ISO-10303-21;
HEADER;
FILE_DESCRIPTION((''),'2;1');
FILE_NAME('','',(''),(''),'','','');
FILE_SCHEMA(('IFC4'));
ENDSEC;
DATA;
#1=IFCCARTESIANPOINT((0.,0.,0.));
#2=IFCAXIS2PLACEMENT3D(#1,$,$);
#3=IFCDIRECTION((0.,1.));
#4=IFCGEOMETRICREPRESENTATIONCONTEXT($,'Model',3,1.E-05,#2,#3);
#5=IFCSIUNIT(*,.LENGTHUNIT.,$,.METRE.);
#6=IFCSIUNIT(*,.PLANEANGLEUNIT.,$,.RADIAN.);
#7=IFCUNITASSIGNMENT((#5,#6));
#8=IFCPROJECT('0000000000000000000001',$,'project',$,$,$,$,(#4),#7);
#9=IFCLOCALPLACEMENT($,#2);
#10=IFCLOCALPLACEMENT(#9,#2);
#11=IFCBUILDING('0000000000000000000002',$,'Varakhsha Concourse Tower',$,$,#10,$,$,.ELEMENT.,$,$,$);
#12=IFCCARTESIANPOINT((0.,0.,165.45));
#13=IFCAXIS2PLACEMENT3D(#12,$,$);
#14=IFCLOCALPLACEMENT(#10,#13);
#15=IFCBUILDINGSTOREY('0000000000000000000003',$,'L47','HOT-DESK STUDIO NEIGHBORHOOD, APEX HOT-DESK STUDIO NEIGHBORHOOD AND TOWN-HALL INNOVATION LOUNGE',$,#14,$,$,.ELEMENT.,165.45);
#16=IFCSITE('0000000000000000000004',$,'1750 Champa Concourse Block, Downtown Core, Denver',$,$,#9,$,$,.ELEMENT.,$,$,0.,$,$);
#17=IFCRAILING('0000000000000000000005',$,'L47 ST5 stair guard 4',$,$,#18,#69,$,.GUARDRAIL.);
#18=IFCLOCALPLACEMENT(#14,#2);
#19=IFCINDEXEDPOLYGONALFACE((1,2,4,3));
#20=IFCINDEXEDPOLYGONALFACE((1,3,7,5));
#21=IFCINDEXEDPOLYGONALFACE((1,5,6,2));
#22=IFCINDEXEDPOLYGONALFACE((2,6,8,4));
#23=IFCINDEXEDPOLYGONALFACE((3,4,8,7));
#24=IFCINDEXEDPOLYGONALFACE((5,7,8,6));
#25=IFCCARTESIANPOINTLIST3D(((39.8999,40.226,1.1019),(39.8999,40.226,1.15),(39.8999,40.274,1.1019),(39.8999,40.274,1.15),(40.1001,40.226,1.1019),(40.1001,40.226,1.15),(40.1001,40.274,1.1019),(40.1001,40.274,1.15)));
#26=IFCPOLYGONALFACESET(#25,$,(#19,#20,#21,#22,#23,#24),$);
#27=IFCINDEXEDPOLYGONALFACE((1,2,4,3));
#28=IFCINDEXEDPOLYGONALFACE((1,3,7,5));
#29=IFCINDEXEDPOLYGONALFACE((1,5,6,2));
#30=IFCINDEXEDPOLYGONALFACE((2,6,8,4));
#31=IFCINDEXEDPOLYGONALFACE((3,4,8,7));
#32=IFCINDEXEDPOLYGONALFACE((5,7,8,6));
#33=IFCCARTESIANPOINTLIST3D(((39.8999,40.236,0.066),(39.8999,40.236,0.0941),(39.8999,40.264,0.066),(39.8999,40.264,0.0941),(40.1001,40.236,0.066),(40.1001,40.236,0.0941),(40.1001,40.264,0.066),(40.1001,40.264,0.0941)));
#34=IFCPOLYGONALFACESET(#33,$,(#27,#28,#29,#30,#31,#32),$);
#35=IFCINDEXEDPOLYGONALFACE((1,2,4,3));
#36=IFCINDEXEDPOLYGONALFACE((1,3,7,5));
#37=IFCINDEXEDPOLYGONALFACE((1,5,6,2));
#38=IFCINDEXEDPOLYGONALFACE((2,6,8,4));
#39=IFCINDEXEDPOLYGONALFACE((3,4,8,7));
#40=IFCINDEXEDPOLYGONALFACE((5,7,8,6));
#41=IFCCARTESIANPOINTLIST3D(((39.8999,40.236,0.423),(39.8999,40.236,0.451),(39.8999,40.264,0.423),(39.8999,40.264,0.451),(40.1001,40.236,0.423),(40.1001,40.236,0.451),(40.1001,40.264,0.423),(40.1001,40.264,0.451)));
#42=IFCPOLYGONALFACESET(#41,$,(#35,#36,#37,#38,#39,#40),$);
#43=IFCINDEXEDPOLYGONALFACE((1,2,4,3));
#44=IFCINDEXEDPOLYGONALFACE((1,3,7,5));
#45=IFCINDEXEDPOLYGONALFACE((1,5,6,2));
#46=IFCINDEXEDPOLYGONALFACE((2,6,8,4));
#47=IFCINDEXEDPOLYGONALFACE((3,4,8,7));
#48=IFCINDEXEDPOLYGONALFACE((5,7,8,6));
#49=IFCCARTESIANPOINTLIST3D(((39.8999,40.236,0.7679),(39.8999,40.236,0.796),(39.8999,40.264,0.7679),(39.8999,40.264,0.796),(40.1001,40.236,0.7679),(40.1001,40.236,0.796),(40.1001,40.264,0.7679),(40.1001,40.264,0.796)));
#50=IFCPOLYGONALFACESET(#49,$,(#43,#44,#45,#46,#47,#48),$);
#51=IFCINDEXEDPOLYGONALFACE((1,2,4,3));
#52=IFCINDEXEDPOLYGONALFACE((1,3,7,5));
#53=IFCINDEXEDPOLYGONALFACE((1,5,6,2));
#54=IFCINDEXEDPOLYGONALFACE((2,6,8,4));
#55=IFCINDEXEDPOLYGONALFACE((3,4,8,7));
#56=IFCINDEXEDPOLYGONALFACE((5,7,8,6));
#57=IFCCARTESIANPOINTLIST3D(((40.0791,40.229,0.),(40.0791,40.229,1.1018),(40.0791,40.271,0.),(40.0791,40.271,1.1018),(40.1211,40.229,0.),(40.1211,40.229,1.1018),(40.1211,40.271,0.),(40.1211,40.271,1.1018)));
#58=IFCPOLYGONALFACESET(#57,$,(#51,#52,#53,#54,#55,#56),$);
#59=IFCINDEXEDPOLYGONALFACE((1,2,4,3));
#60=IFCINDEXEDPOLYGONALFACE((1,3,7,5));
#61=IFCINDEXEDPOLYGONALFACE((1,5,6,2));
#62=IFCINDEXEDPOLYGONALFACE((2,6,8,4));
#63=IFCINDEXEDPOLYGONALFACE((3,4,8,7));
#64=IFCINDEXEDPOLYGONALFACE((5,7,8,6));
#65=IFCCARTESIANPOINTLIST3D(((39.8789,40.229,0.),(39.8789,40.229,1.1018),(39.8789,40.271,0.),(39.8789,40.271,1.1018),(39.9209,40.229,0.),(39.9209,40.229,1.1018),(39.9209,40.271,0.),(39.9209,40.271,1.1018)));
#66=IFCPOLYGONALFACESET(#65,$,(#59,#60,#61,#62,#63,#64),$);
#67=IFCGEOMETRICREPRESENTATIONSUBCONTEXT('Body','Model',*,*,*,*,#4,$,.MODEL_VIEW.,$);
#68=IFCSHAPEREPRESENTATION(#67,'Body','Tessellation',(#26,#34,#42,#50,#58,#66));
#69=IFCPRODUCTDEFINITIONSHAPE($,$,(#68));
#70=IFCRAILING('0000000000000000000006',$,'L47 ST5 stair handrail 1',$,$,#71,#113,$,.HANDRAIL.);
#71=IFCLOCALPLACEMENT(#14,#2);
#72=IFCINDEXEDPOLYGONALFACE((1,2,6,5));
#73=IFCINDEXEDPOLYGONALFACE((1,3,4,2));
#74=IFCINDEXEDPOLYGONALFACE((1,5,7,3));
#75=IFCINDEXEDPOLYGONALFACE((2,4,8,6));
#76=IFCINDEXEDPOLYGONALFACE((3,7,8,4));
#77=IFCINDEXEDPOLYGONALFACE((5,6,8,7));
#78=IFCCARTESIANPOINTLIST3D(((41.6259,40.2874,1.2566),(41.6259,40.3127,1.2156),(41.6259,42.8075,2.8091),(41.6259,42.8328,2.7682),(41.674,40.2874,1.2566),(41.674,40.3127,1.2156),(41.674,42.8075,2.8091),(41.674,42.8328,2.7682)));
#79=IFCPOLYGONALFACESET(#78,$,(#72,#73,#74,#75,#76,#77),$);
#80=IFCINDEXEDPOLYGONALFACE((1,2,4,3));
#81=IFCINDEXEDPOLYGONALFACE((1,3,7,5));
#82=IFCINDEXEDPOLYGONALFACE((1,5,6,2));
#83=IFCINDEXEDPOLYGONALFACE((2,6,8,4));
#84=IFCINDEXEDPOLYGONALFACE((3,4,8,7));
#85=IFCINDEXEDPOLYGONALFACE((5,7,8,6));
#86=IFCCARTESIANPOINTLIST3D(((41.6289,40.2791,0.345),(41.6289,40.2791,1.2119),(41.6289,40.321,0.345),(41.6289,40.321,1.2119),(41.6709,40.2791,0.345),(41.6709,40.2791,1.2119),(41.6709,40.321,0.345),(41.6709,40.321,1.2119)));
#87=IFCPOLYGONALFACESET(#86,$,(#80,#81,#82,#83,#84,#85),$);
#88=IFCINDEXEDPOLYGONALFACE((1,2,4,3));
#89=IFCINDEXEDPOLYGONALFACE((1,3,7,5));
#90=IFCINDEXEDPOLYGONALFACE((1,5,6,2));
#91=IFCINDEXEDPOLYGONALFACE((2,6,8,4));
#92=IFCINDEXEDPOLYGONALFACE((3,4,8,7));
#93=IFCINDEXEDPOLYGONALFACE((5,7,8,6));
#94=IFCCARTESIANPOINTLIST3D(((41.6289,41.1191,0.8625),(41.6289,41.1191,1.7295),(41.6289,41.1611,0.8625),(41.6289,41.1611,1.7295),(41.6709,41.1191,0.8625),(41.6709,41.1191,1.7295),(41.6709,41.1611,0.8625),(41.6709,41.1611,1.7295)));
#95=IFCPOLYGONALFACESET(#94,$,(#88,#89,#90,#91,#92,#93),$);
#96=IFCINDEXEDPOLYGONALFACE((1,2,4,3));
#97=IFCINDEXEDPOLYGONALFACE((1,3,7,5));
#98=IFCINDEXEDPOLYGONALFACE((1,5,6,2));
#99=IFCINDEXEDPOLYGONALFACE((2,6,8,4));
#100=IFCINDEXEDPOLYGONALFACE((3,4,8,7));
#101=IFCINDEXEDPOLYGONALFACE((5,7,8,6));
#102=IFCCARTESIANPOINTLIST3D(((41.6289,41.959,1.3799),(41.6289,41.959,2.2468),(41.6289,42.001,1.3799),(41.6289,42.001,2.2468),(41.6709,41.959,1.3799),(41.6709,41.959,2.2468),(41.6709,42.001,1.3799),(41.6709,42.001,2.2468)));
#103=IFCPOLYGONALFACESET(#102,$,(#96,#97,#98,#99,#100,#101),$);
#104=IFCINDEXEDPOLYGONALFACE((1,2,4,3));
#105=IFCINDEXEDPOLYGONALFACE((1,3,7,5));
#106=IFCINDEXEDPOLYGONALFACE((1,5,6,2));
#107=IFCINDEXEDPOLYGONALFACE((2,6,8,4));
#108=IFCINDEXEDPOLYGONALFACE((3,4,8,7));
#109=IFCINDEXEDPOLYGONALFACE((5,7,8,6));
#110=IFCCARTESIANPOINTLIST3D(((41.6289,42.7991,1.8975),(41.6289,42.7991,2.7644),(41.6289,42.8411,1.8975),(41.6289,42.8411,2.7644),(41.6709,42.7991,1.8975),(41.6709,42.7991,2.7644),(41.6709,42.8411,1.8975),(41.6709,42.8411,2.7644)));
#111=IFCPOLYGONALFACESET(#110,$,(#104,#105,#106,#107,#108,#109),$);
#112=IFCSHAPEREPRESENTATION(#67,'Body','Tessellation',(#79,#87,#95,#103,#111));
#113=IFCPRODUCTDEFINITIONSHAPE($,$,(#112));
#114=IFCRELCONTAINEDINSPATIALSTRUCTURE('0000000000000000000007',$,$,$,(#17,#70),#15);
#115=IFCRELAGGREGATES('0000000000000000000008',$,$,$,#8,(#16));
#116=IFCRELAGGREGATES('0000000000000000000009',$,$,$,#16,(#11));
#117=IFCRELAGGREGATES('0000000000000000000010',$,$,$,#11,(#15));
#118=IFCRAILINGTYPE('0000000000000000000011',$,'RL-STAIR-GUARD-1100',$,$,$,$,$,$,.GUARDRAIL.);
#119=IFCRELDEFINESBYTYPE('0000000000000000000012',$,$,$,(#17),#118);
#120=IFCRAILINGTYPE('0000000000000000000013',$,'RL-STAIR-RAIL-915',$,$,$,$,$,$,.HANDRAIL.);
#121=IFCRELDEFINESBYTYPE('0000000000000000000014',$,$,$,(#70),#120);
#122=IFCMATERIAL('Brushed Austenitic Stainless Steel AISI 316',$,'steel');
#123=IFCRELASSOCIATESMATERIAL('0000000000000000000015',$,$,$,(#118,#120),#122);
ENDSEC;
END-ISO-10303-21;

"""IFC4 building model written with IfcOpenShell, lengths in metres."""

from ifc_helpers import new_model, si_unit, direction, frame, origin, origin_2d, place, context, subcontext, project, spatial, rectangle, extrude, material, type_object, element, save


model = new_model("IFC4")

# Units and contexts
model_context = context("Model", 3, precision=1e-05, world=origin(), true_north=direction((0.0, 1.0)))
body_context = subcontext(model_context, "Body", "Model", "MODEL_VIEW")
ifc_project = project(units=[si_unit("LENGTHUNIT", "METRE"), si_unit("PLANEANGLEUNIT", "RADIAN")], contexts=[model_context])

# Site, building, storey
site_placement = place(None, origin())
site = spatial("IfcSite", under=ifc_project, at=site_placement, Name="1750 Champa Concourse Block, Downtown Core, Denver", CompositionType="ELEMENT", RefElevation=0.0)
building_placement = place(site_placement, origin())
building = spatial("IfcBuilding", under=site, at=building_placement, Name="Varakhsha Concourse Tower", CompositionType="ELEMENT")
storey_placement = place(building_placement, frame((0.0, 0.0, 165.45)))
storey = spatial("IfcBuildingStorey", under=building, at=storey_placement, Name="L47", Description="HOT-DESK STUDIO NEIGHBORHOOD, APEX HOT-DESK STUDIO NEIGHBORHOOD AND TOWN-HALL INNOVATION LOUNGE", CompositionType="ELEMENT", Elevation=165.45)

# Railings
ifc_material_1 = material(Name="Brushed Austenitic Stainless Steel AISI 316", Category="steel")
railing_type_1 = type_object("IfcRailingType", Name="RL-STAIR-GUARD-1100", PredefinedType="GUARDRAIL", material=ifc_material_1)
railing_1_placement = place(storey_placement, frame((40.1001, 40.25, 0.0)))
element("IfcRailing", 1, at=railing_1_placement, inside=storey, type_object=railing_type_1, Name="L47 ST5 stair guard 4", PredefinedType="GUARDRAIL", context=body_context, shape_type="SweptSolid", body=[
    extrude(rectangle(XDim=0.0481, YDim=0.0481, at=origin_2d()), frame((0.0, 0.0, 1.126), z_axis=(-1.0, 0.0, 0.0), x_axis=(0.0, -1.0, 0.0)), (0.0, 0.0, 1.0), 0.2002),
    extrude(rectangle(XDim=0.0281, YDim=0.0281, at=origin_2d()), frame((0.0, 0.0, 0.0801), z_axis=(-1.0, 0.0, 0.0), x_axis=(0.0, -1.0, 0.0)), (0.0, 0.0, 1.0), 0.2002),
    extrude(rectangle(XDim=0.0281, YDim=0.0281, at=origin_2d()), frame((0.0, 0.0, 0.437), z_axis=(-1.0, 0.0, 0.0), x_axis=(0.0, -1.0, 0.0)), (0.0, 0.0, 1.0), 0.2002),
    extrude(rectangle(XDim=0.0281, YDim=0.0281, at=origin_2d()), frame((0.0, 0.0, 0.782), z_axis=(-1.0, 0.0, 0.0), x_axis=(0.0, -1.0, 0.0)), (0.0, 0.0, 1.0), 0.2002),
    extrude(rectangle(XDim=0.042, YDim=0.042, at=origin_2d()), origin(), (0.0, 0.0, 1.0), 1.1018),
    extrude(rectangle(XDim=0.042, YDim=0.042, at=origin_2d()), frame((-0.2002, 0.0, 0.0)), (0.0, 0.0, 1.0), 1.1018),
])
railing_type_2 = type_object("IfcRailingType", Name="RL-STAIR-RAIL-915", PredefinedType="HANDRAIL", material=ifc_material_1)
railing_2_placement = place(storey_placement, frame((41.6499, 40.3, 0.345)))
element("IfcRailing", 2, at=railing_2_placement, inside=storey, type_object=railing_type_2, Name="L47 ST5 stair handrail 1", PredefinedType="HANDRAIL", context=body_context, shape_type="SweptSolid", body=[
    extrude(rectangle(XDim=0.0481, YDim=0.0481, at=origin_2d()), frame((0.0, 0.0, 0.8911), z_axis=(0.0, 0.8514, 0.524516), x_axis=(-1.0, 0.0, 0.0)), (0.0, 0.0, 1.0), 2.96),
    extrude(rectangle(XDim=0.042, YDim=0.042, at=origin_2d()), origin(), (0.0, 0.0, 1.0), 0.8669),
    extrude(rectangle(XDim=0.042, YDim=0.042, at=origin_2d()), frame((0.0, 0.8401, 0.5176)), (0.0, 0.0, 1.0), 0.8669),
    extrude(rectangle(XDim=0.042, YDim=0.042, at=origin_2d()), frame((0.0, 1.6799, 1.0349)), (0.0, 0.0, 1.0), 0.8669),
    extrude(rectangle(XDim=0.042, YDim=0.042, at=origin_2d()), frame((0.0, 2.52, 1.5525)), (0.0, 0.0, 1.0), 0.8669),
])

save(model, "model.ifc")
